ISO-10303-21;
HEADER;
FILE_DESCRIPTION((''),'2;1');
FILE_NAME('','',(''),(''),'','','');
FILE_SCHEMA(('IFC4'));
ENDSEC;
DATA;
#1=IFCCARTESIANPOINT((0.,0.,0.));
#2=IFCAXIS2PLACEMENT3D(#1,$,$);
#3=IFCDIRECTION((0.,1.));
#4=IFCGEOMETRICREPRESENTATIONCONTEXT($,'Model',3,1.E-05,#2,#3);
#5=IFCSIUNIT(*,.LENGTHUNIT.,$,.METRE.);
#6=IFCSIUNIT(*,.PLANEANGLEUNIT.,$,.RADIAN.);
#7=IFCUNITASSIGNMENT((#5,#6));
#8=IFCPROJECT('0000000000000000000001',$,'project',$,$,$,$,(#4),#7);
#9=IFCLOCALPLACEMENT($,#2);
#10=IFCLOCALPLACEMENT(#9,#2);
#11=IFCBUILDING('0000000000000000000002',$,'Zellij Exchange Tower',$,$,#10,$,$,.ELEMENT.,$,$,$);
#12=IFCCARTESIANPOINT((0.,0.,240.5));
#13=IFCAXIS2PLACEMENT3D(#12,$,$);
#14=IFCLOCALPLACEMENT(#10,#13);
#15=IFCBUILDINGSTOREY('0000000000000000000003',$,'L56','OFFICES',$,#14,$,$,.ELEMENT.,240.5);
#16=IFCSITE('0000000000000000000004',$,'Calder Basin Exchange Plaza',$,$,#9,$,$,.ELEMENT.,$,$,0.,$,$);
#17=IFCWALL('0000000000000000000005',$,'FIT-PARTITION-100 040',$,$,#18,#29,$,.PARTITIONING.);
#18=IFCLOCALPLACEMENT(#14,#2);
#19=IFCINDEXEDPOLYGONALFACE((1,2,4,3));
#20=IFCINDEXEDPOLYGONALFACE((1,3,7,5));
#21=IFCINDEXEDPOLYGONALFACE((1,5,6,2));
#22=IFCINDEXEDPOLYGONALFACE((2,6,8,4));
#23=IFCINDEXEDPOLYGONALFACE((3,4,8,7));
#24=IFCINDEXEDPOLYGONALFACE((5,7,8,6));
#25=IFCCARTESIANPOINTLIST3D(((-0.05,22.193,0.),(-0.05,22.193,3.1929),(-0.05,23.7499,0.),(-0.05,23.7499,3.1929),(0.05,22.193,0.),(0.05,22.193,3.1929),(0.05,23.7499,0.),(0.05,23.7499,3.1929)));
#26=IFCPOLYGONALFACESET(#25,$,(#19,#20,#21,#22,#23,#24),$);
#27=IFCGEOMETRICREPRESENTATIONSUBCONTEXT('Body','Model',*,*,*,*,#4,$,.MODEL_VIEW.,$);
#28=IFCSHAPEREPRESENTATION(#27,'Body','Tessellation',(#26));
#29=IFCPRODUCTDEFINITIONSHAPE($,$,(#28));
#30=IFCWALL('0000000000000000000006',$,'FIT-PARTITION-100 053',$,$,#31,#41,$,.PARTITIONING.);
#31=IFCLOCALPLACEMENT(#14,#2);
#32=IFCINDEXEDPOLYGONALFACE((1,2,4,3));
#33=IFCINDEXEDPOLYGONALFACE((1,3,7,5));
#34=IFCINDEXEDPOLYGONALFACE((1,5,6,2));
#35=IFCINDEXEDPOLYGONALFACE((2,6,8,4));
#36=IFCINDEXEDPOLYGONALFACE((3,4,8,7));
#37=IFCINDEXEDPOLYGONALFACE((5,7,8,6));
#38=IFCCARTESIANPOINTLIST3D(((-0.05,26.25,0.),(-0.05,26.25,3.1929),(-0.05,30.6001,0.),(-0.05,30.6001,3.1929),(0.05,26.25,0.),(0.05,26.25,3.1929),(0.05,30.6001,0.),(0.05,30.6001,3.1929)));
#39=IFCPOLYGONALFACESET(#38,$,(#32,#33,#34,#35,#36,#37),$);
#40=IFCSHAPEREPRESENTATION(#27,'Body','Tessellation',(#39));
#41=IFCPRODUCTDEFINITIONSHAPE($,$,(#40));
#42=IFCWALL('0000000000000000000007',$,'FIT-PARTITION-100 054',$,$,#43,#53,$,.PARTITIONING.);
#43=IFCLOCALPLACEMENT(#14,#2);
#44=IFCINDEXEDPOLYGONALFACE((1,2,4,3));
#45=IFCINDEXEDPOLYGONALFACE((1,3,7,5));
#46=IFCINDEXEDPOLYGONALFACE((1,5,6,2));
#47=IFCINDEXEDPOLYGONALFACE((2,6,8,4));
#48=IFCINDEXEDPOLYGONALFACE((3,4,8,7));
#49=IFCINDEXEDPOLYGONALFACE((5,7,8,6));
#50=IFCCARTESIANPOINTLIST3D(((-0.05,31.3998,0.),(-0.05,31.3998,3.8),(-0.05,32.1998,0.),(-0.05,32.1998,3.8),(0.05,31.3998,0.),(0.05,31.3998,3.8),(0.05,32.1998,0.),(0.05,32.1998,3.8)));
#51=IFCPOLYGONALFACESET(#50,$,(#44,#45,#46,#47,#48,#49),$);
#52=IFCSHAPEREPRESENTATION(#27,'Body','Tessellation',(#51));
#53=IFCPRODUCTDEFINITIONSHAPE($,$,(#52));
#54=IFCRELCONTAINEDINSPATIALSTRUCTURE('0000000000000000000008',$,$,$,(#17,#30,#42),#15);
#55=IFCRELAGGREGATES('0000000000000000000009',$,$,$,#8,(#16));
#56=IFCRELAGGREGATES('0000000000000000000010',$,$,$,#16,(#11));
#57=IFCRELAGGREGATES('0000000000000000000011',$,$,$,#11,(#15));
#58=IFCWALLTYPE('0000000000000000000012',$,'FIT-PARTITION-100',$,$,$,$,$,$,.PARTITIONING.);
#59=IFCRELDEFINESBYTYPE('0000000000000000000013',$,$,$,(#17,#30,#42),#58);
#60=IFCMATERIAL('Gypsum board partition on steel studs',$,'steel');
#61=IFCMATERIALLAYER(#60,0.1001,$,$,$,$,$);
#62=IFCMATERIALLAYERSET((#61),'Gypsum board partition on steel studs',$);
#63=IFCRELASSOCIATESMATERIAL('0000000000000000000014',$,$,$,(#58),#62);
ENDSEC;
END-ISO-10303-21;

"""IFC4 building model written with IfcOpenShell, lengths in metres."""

from ifc_helpers import new_model, si_unit, direction, frame, frame_2d, origin, place, context, subcontext, project, spatial, rectangle, extrude, material, layer, layer_set, type_object, element, save


model = new_model("IFC4")

# Units and contexts
model_context = context("Model", 3, precision=1e-05, world=origin(), true_north=direction((0.0, 1.0)))
body_context = subcontext(model_context, "Body", "Model", "MODEL_VIEW")
ifc_project = project(units=[si_unit("LENGTHUNIT", "METRE"), si_unit("PLANEANGLEUNIT", "RADIAN")], contexts=[model_context])

# Site, building, storey
site_placement = place(None, origin())
site = spatial("IfcSite", under=ifc_project, at=site_placement, Name="Calder Basin Exchange Plaza", CompositionType="ELEMENT", RefElevation=0.0)
building_placement = place(site_placement, origin())
building = spatial("IfcBuilding", under=site, at=building_placement, Name="Zellij Exchange Tower", CompositionType="ELEMENT")
storey_placement = place(building_placement, frame((0.0, 0.0, 240.5)))
storey = spatial("IfcBuildingStorey", under=building, at=storey_placement, Name="L56", Description="OFFICES", CompositionType="ELEMENT", Elevation=240.5)

# Walls
ifc_material_1 = material(Name="Gypsum board partition on steel studs", Category="steel")
ifc_layer = layer(ifc_material_1, 0.1001)
ifc_layer_set = layer_set([ifc_layer], Name="Gypsum board partition on steel studs")
wall_type = type_object("IfcWallType", Name="FIT-PARTITION-100", PredefinedType="PARTITIONING", material=ifc_layer_set)
wall_1_placement = place(storey_placement, frame((0.0, 22.1931, 0.0), z_axis=(0.0, 0.0, 1.0), x_axis=(0.0, 1.0, 0.0)))
element("IfcWall", 1, at=wall_1_placement, inside=storey, type_object=wall_type, Name="FIT-PARTITION-100 040", PredefinedType="PARTITIONING", context=body_context, shape_type="SweptSolid", body=[
    extrude(rectangle(XDim=1.5569, YDim=0.1001, at=frame_2d((0.7783, 0.0))), origin(), (0.0, 0.0, 1.0), 3.1929),
])
wall_2_placement = place(storey_placement, frame((0.0, 26.25, 0.0), z_axis=(0.0, 0.0, 1.0), x_axis=(0.0, 1.0, 0.0)))
element("IfcWall", 2, at=wall_2_placement, inside=storey, type_object=wall_type, Name="FIT-PARTITION-100 053", PredefinedType="PARTITIONING", context=body_context, shape_type="SweptSolid", body=[
    extrude(rectangle(XDim=4.3501, YDim=0.1001, at=frame_2d((2.175, 0.0))), origin(), (0.0, 0.0, 1.0), 3.1929),
])
wall_3_placement = place(storey_placement, frame((0.0, 31.3999, 0.0), z_axis=(0.0, 0.0, 1.0), x_axis=(0.0, 1.0, 0.0)))
element("IfcWall", 3, at=wall_3_placement, inside=storey, type_object=wall_type, Name="FIT-PARTITION-100 054", PredefinedType="PARTITIONING", context=body_context, shape_type="SweptSolid", body=[
    extrude(rectangle(XDim=0.8, YDim=0.1001, at=frame_2d((0.3999, 0.0))), origin(), (0.0, 0.0, 1.0), 3.8),
])

save(model, "model.ifc")
